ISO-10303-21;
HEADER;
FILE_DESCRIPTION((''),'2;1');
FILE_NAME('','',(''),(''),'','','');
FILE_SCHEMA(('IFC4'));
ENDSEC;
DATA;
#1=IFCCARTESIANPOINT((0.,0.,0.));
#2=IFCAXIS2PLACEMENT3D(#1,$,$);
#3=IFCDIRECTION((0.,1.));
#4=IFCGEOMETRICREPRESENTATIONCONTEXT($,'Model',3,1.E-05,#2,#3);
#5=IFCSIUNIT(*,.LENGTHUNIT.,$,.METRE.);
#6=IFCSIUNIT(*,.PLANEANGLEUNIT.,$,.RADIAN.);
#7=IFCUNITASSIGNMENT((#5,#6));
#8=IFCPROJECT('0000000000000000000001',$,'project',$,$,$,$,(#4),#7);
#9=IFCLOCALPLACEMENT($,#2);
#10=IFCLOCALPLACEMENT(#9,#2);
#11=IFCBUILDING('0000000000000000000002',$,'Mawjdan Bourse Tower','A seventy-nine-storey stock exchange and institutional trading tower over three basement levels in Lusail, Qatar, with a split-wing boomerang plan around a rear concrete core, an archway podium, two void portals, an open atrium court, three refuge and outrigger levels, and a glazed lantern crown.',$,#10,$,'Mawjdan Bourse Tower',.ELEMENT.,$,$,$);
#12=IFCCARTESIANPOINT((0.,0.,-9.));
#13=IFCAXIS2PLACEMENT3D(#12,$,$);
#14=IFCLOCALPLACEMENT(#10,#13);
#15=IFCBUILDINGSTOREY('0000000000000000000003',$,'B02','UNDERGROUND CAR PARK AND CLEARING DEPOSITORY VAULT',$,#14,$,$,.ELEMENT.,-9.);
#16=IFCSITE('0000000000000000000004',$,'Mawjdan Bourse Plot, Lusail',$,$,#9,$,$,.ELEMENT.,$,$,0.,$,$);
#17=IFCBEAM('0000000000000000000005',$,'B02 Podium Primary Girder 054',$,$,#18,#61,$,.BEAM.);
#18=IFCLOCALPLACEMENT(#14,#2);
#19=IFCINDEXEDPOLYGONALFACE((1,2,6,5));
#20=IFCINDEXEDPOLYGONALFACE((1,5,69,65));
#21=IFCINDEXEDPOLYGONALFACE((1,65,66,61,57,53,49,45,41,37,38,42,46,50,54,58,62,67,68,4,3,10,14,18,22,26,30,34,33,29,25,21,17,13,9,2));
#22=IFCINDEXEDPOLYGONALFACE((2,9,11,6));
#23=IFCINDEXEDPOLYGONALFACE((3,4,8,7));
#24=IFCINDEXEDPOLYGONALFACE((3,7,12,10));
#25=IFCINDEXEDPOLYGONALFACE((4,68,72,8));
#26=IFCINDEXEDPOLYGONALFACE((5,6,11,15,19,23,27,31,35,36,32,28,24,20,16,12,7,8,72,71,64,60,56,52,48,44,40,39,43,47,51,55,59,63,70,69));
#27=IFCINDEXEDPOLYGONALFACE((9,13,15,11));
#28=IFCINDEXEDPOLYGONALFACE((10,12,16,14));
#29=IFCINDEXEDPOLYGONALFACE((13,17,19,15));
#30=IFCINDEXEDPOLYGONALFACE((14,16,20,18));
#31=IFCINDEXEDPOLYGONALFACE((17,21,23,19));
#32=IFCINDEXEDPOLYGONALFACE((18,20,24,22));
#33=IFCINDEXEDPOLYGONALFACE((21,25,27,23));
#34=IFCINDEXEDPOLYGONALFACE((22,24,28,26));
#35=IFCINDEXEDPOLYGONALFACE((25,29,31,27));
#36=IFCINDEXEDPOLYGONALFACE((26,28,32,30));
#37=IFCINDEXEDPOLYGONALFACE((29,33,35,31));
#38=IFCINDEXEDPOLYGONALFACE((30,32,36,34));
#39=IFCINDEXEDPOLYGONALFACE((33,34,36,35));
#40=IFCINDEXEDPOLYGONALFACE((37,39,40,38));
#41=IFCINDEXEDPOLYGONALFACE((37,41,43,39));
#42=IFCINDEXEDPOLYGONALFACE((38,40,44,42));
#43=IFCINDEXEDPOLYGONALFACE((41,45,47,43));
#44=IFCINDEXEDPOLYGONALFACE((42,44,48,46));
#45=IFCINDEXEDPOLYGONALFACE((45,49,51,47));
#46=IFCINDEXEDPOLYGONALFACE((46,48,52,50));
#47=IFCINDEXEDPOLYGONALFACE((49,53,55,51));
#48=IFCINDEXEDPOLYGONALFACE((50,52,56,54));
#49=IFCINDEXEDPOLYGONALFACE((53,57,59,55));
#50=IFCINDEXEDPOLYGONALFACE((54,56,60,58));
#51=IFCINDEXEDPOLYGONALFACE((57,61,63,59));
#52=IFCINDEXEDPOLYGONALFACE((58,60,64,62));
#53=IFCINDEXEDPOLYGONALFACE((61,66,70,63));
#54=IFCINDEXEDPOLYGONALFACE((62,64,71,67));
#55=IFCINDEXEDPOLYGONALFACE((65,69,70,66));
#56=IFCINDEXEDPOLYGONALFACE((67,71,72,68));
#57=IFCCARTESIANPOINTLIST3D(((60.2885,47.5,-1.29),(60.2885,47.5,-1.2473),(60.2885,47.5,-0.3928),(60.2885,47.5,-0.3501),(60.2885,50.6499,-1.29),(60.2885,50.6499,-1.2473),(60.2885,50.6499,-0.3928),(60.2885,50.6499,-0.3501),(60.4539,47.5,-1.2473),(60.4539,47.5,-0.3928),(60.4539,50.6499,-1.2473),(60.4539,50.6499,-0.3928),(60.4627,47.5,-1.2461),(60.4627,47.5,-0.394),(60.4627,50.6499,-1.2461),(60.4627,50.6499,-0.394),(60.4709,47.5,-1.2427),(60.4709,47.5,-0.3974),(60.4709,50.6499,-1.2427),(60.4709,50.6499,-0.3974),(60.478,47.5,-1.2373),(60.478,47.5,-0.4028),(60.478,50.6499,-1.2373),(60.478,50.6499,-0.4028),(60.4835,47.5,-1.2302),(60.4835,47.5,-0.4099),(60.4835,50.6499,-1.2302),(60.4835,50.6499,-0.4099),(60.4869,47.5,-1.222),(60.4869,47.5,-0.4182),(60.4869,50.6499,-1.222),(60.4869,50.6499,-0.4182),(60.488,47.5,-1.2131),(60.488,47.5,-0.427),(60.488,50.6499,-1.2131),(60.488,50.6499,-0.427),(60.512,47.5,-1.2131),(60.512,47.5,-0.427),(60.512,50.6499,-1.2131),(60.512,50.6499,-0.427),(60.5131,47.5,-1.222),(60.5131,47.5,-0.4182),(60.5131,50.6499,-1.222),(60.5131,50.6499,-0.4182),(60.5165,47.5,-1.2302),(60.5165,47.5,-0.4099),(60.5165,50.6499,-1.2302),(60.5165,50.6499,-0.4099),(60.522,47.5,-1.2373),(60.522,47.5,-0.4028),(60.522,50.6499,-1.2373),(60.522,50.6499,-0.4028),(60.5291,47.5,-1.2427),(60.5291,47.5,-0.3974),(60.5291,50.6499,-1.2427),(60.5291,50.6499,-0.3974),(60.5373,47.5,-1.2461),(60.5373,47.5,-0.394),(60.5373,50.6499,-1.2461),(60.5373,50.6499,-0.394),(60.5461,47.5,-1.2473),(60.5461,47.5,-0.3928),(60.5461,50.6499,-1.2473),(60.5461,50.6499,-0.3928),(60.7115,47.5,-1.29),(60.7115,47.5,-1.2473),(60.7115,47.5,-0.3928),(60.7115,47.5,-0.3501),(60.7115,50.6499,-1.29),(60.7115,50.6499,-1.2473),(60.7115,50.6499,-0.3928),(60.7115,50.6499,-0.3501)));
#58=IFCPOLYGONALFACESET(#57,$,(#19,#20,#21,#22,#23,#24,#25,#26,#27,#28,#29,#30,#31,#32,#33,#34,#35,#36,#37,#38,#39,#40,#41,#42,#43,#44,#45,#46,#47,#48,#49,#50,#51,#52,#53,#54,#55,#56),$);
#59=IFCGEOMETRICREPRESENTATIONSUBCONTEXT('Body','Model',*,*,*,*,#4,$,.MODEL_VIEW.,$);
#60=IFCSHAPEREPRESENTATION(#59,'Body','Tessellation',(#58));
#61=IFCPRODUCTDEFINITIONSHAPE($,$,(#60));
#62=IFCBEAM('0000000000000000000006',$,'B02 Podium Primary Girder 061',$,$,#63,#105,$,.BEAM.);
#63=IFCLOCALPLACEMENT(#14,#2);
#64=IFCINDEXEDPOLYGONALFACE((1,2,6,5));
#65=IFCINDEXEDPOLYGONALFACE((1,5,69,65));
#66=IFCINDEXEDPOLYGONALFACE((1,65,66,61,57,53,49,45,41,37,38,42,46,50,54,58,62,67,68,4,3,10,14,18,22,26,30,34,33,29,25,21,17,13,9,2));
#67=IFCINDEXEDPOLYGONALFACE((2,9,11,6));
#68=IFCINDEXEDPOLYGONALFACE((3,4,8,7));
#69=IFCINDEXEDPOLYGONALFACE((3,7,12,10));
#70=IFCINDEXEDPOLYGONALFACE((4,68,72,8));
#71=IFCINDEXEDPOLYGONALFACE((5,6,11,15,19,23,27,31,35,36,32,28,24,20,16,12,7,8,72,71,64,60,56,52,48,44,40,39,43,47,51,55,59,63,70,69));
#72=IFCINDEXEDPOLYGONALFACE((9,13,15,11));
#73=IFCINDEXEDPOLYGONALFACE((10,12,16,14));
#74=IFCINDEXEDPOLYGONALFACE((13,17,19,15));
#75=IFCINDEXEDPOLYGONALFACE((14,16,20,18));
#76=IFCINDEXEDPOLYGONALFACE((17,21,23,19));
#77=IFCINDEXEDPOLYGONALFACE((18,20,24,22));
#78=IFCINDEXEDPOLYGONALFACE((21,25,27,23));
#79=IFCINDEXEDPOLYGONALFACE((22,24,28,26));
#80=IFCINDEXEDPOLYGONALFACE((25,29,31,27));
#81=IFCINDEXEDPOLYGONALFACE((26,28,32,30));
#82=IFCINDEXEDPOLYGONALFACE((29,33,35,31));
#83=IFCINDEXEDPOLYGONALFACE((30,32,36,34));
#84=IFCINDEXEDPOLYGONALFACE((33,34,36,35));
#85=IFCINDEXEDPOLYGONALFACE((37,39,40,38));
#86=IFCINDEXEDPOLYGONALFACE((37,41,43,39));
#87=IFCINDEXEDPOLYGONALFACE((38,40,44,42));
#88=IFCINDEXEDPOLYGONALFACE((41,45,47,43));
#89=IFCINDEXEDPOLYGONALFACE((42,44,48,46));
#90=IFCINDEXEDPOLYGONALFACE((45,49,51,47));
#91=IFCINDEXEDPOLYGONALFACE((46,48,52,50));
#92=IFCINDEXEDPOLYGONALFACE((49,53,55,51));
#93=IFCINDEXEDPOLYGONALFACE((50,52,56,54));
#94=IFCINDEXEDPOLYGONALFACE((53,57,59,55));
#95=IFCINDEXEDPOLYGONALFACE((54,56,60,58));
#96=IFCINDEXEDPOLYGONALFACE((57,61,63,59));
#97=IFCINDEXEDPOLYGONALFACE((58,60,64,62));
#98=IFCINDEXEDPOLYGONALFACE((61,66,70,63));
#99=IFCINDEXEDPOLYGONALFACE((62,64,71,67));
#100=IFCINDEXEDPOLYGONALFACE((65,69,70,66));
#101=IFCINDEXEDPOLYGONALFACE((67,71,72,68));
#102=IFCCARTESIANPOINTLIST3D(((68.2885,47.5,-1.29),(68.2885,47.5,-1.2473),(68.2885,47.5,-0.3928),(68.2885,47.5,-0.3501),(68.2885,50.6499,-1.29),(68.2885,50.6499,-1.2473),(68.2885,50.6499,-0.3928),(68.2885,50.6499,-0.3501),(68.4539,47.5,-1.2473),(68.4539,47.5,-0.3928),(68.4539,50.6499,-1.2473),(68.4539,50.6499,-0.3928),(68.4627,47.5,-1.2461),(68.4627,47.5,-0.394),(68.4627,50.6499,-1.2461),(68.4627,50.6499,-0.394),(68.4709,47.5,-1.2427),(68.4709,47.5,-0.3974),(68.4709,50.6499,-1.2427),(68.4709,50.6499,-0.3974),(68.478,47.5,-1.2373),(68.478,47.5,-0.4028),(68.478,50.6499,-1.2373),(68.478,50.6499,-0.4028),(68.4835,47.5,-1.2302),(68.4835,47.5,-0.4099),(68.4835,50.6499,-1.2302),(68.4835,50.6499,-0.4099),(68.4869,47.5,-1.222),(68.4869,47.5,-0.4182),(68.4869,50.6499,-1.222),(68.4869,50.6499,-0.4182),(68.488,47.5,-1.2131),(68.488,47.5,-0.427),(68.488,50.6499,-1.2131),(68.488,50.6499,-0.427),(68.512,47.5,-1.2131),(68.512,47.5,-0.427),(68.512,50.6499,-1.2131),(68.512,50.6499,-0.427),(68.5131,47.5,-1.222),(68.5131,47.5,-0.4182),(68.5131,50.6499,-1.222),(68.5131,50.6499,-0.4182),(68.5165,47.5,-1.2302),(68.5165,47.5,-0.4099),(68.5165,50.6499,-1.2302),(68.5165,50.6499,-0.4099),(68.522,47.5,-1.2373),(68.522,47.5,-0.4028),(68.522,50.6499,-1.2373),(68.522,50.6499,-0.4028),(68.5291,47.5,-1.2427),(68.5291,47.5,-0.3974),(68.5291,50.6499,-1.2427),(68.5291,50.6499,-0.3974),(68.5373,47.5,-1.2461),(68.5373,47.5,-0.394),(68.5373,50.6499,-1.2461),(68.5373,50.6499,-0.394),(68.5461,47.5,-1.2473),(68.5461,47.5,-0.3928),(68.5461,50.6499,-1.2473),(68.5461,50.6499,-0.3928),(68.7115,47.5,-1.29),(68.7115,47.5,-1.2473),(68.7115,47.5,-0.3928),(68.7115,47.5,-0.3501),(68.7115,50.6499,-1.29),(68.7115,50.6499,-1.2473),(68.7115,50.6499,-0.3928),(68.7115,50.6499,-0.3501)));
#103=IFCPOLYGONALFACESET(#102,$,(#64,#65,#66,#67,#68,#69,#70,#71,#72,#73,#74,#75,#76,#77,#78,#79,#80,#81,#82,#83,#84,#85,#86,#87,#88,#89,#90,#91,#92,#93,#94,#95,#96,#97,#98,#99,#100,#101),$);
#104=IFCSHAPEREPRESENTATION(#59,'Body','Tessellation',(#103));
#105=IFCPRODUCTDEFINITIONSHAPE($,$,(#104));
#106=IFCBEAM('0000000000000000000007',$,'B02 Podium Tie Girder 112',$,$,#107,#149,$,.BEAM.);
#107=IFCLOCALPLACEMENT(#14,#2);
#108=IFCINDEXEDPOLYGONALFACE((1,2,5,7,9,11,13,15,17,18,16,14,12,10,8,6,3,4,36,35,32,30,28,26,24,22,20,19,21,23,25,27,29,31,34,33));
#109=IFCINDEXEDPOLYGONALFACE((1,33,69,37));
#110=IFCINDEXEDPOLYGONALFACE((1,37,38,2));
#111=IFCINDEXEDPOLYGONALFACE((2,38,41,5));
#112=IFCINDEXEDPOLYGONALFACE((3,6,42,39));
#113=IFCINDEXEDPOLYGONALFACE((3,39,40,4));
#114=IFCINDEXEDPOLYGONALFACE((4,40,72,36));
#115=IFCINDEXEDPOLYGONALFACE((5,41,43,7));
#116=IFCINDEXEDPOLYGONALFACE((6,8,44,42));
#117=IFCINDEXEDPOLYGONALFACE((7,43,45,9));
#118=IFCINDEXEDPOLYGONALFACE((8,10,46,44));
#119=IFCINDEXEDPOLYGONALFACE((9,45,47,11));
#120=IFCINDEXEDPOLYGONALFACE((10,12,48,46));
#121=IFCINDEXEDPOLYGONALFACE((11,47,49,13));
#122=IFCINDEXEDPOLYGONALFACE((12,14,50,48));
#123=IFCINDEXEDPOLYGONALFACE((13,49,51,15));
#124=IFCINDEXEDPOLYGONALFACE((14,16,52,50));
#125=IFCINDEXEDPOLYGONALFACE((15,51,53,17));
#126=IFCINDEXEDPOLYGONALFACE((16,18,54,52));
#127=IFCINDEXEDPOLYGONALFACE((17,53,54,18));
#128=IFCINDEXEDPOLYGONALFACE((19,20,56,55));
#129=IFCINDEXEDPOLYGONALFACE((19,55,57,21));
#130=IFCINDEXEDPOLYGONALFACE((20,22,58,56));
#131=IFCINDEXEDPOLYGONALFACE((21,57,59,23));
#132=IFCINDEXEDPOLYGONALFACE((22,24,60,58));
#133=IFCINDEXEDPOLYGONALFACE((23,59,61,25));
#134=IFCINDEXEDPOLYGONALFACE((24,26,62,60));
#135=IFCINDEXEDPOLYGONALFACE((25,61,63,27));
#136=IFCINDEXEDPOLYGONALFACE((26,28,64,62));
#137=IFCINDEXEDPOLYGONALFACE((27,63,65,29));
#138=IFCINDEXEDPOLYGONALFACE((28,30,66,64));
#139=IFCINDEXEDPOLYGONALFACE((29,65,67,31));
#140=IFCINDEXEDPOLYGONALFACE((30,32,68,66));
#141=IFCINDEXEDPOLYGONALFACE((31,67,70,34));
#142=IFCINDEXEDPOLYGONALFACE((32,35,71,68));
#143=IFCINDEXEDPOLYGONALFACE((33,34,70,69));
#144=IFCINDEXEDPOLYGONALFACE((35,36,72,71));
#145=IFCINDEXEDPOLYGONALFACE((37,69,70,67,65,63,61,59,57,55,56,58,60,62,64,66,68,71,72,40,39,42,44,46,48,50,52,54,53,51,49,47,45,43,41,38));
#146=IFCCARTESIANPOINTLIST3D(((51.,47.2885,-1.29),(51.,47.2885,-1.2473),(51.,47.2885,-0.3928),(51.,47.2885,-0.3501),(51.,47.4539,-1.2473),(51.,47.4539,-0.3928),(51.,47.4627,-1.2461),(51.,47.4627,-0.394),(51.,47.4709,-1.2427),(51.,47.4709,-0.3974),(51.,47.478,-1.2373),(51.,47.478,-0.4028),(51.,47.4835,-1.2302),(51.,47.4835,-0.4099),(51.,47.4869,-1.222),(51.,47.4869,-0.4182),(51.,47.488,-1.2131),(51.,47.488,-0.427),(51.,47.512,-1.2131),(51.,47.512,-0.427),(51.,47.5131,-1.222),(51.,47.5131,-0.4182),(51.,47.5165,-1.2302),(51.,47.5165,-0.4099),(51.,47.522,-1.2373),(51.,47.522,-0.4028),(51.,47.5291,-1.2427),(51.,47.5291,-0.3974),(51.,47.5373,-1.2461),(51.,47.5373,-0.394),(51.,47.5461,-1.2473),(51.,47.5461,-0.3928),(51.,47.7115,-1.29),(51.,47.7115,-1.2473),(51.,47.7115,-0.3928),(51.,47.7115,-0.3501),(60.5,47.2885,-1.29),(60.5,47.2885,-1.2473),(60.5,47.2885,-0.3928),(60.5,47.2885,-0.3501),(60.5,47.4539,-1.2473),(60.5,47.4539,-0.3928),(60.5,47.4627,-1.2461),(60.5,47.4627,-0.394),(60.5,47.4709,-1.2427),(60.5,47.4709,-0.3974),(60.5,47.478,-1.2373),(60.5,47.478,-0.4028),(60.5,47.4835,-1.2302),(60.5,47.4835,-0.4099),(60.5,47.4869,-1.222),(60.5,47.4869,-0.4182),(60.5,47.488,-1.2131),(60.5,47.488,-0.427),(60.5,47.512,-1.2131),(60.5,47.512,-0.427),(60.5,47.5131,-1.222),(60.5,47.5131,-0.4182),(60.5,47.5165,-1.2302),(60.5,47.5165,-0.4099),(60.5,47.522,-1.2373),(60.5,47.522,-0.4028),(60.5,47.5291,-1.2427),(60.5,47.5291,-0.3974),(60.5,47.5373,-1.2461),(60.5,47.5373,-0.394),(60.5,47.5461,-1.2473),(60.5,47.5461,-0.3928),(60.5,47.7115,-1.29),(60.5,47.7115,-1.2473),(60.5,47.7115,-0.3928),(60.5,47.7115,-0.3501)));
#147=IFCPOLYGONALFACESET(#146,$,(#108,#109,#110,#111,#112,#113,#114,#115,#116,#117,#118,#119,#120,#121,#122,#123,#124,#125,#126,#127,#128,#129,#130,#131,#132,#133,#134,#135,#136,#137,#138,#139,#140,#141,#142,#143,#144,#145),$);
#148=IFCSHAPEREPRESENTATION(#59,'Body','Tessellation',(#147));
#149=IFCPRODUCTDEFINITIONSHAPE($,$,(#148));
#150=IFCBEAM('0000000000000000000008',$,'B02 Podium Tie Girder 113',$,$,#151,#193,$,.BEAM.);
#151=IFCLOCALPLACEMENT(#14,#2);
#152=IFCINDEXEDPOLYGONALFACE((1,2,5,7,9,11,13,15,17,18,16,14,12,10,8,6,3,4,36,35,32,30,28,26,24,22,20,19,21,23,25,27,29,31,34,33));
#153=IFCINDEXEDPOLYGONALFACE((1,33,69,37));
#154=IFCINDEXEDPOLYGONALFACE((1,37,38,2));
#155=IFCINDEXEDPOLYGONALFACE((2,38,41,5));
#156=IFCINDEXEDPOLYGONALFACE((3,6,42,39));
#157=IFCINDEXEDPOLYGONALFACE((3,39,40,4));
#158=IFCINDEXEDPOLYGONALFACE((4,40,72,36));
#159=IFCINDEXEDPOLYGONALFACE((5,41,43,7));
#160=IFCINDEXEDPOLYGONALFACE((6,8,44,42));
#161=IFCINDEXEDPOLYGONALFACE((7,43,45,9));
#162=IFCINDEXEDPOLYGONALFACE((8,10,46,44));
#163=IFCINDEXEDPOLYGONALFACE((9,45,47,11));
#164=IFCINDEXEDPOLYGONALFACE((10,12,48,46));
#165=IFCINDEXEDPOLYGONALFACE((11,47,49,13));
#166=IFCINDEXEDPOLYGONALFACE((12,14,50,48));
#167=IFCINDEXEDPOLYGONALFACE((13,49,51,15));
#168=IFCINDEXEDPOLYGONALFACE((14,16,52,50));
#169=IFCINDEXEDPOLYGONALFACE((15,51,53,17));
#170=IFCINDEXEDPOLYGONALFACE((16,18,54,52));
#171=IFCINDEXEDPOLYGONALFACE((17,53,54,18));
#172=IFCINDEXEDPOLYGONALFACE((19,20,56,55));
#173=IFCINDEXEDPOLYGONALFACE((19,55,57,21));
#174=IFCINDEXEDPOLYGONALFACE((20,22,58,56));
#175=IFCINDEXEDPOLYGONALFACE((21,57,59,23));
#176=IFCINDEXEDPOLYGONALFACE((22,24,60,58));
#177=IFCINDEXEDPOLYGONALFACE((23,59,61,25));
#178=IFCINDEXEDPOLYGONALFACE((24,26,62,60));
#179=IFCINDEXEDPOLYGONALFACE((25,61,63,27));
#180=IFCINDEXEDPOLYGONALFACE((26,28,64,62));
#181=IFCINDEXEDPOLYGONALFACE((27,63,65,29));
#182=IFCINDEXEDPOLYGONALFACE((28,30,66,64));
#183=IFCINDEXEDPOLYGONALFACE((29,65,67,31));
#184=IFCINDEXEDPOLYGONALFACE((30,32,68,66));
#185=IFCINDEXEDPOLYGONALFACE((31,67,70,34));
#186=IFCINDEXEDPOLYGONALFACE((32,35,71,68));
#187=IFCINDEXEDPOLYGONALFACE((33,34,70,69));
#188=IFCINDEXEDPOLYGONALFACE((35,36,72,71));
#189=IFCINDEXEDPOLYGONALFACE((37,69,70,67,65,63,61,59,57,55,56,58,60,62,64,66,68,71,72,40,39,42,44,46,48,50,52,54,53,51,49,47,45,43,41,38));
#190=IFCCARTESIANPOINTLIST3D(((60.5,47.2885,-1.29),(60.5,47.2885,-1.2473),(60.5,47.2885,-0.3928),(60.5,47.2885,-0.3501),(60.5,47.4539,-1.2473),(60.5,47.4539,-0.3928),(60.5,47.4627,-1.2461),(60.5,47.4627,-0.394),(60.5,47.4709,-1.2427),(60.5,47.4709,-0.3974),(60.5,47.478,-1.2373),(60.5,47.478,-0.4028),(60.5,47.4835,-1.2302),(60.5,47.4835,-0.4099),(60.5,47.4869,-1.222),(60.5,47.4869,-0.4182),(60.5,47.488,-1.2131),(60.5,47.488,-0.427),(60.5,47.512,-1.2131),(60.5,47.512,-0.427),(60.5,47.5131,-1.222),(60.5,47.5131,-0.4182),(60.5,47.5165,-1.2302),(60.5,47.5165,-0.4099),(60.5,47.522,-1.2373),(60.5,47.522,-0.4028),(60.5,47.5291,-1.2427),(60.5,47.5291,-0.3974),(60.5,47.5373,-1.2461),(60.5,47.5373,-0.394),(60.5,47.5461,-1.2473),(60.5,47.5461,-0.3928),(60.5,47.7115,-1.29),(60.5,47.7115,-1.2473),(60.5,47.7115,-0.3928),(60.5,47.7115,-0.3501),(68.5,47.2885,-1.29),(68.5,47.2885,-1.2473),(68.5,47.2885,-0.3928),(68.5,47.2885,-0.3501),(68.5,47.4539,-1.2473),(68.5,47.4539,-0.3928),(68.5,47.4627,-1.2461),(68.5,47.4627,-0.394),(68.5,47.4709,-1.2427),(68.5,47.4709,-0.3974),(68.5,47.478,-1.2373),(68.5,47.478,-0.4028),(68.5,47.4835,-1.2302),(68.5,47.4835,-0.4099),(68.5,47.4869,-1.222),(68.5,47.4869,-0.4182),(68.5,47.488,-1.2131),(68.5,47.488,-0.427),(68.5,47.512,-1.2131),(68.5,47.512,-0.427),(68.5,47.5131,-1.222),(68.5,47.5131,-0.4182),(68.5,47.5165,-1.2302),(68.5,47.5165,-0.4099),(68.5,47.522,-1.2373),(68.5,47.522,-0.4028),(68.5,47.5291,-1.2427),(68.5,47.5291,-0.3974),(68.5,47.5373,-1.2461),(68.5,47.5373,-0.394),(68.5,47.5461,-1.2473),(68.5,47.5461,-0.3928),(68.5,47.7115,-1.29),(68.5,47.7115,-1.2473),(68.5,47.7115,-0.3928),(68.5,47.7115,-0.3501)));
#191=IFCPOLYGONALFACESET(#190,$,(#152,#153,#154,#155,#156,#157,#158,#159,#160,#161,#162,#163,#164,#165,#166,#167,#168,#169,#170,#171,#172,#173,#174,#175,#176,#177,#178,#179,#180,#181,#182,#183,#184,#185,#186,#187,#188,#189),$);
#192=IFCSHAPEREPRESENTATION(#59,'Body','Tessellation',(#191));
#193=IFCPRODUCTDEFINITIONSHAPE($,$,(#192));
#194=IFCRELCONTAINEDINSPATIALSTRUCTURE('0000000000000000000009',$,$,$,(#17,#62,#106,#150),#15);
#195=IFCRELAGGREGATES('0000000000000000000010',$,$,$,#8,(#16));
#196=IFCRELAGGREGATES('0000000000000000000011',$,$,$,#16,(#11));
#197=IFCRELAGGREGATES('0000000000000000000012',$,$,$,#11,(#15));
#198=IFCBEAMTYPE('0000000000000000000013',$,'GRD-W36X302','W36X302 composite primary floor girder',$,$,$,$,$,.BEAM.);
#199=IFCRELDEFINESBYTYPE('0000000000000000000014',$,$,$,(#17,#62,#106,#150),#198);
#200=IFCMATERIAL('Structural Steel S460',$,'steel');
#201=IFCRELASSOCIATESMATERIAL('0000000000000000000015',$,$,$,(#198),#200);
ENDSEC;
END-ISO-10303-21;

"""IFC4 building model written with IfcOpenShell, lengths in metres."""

from ifc_helpers import new_model, si_unit, direction, frame, origin, origin_2d, place, context, subcontext, project, spatial, i_section, extrude, material, material_profile, profile_set, type_object, element, save


model = new_model("IFC4")

# Units and contexts
model_context = context("Model", 3, precision=1e-05, world=origin(), true_north=direction((0.0, 1.0)))
body_context = subcontext(model_context, "Body", "Model", "MODEL_VIEW")
ifc_project = project(units=[si_unit("LENGTHUNIT", "METRE"), si_unit("PLANEANGLEUNIT", "RADIAN")], contexts=[model_context])

# Site, building, storey
site_placement = place(None, origin())
site = spatial("IfcSite", under=ifc_project, at=site_placement, Name="Mawjdan Bourse Plot, Lusail", CompositionType="ELEMENT", RefElevation=0.0)
building_placement = place(site_placement, origin())
building = spatial("IfcBuilding", under=site, at=building_placement, Name="Mawjdan Bourse Tower", Description="A seventy-nine-storey stock exchange and institutional trading tower over three basement levels in Lusail, Qatar, with a split-wing boomerang plan around a rear concrete core, an archway podium, two void portals, an open atrium court, three refuge and outrigger levels, and a glazed lantern crown.", LongName="Mawjdan Bourse Tower", CompositionType="ELEMENT")
storey_placement = place(building_placement, frame((0.0, 0.0, -9.0)))
storey = spatial("IfcBuildingStorey", under=building, at=storey_placement, Name="B02", Description="UNDERGROUND CAR PARK AND CLEARING DEPOSITORY VAULT", CompositionType="ELEMENT", Elevation=-9.0)

# Beams
ifc_material_1 = material(Name="Structural Steel S460", Category="steel")
ifc_material_profile_1 = material_profile(ifc_material_1, i_section(OverallWidth=0.4231, OverallDepth=0.9399, WebThickness=0.0239, FlangeThickness=0.0427, FilletRadius=0.0342, at=origin_2d()), Name="W36X302")
ifc_profile_set_1 = profile_set([ifc_material_profile_1], Name="Structural Steel S460")
beam_type_1 = type_object("IfcBeamType", Name="GRD-W36X302", Description="W36X302 composite primary floor girder", PredefinedType="BEAM", material=ifc_profile_set_1)
for number, where, z_axis, x_axis, name in (
    (1, (60.5, 47.5, -0.8201), (0.0, 1.0, 0.0), (-1.0, 0.0, 0.0), "B02 Podium Primary Girder 054"),
    (2, (68.5, 47.5, -0.8201), (0.0, 1.0, 0.0), (-1.0, 0.0, 0.0), "B02 Podium Primary Girder 061"),
):
    element("IfcBeam", number, at=place(storey_placement, frame(where, z_axis=z_axis, x_axis=x_axis)), inside=storey, type_object=beam_type_1, Name=name, PredefinedType="BEAM", context=body_context, shape_type="SweptSolid", body=[
        extrude(i_section(OverallWidth=0.4231, OverallDepth=0.9399, WebThickness=0.0239, FlangeThickness=0.0427, FilletRadius=0.0342, at=origin_2d()), origin(), (0.0, 0.0, 1.0), 3.1499),
    ])
beam_1_placement = place(storey_placement, frame((51.0, 47.5, -0.8201), z_axis=(1.0, 0.0, 0.0), x_axis=(0.0, 1.0, 0.0)))
element("IfcBeam", 3, at=beam_1_placement, inside=storey, type_object=beam_type_1, Name="B02 Podium Tie Girder 112", PredefinedType="BEAM", context=body_context, shape_type="SweptSolid", body=[
    extrude(i_section(OverallWidth=0.4231, OverallDepth=0.9399, WebThickness=0.0239, FlangeThickness=0.0427, FilletRadius=0.0342, at=origin_2d()), origin(), (0.0, 0.0, 1.0), 9.5),
])
beam_2_placement = place(storey_placement, frame((60.5, 47.5, -0.8201), z_axis=(1.0, 0.0, 0.0), x_axis=(0.0, 1.0, 0.0)))
element("IfcBeam", 4, at=beam_2_placement, inside=storey, type_object=beam_type_1, Name="B02 Podium Tie Girder 113", PredefinedType="BEAM", context=body_context, shape_type="SweptSolid", body=[
    extrude(i_section(OverallWidth=0.4231, OverallDepth=0.9399, WebThickness=0.0239, FlangeThickness=0.0427, FilletRadius=0.0342, at=origin_2d()), origin(), (0.0, 0.0, 1.0), 8.0),
])

save(model, "model.ifc")
